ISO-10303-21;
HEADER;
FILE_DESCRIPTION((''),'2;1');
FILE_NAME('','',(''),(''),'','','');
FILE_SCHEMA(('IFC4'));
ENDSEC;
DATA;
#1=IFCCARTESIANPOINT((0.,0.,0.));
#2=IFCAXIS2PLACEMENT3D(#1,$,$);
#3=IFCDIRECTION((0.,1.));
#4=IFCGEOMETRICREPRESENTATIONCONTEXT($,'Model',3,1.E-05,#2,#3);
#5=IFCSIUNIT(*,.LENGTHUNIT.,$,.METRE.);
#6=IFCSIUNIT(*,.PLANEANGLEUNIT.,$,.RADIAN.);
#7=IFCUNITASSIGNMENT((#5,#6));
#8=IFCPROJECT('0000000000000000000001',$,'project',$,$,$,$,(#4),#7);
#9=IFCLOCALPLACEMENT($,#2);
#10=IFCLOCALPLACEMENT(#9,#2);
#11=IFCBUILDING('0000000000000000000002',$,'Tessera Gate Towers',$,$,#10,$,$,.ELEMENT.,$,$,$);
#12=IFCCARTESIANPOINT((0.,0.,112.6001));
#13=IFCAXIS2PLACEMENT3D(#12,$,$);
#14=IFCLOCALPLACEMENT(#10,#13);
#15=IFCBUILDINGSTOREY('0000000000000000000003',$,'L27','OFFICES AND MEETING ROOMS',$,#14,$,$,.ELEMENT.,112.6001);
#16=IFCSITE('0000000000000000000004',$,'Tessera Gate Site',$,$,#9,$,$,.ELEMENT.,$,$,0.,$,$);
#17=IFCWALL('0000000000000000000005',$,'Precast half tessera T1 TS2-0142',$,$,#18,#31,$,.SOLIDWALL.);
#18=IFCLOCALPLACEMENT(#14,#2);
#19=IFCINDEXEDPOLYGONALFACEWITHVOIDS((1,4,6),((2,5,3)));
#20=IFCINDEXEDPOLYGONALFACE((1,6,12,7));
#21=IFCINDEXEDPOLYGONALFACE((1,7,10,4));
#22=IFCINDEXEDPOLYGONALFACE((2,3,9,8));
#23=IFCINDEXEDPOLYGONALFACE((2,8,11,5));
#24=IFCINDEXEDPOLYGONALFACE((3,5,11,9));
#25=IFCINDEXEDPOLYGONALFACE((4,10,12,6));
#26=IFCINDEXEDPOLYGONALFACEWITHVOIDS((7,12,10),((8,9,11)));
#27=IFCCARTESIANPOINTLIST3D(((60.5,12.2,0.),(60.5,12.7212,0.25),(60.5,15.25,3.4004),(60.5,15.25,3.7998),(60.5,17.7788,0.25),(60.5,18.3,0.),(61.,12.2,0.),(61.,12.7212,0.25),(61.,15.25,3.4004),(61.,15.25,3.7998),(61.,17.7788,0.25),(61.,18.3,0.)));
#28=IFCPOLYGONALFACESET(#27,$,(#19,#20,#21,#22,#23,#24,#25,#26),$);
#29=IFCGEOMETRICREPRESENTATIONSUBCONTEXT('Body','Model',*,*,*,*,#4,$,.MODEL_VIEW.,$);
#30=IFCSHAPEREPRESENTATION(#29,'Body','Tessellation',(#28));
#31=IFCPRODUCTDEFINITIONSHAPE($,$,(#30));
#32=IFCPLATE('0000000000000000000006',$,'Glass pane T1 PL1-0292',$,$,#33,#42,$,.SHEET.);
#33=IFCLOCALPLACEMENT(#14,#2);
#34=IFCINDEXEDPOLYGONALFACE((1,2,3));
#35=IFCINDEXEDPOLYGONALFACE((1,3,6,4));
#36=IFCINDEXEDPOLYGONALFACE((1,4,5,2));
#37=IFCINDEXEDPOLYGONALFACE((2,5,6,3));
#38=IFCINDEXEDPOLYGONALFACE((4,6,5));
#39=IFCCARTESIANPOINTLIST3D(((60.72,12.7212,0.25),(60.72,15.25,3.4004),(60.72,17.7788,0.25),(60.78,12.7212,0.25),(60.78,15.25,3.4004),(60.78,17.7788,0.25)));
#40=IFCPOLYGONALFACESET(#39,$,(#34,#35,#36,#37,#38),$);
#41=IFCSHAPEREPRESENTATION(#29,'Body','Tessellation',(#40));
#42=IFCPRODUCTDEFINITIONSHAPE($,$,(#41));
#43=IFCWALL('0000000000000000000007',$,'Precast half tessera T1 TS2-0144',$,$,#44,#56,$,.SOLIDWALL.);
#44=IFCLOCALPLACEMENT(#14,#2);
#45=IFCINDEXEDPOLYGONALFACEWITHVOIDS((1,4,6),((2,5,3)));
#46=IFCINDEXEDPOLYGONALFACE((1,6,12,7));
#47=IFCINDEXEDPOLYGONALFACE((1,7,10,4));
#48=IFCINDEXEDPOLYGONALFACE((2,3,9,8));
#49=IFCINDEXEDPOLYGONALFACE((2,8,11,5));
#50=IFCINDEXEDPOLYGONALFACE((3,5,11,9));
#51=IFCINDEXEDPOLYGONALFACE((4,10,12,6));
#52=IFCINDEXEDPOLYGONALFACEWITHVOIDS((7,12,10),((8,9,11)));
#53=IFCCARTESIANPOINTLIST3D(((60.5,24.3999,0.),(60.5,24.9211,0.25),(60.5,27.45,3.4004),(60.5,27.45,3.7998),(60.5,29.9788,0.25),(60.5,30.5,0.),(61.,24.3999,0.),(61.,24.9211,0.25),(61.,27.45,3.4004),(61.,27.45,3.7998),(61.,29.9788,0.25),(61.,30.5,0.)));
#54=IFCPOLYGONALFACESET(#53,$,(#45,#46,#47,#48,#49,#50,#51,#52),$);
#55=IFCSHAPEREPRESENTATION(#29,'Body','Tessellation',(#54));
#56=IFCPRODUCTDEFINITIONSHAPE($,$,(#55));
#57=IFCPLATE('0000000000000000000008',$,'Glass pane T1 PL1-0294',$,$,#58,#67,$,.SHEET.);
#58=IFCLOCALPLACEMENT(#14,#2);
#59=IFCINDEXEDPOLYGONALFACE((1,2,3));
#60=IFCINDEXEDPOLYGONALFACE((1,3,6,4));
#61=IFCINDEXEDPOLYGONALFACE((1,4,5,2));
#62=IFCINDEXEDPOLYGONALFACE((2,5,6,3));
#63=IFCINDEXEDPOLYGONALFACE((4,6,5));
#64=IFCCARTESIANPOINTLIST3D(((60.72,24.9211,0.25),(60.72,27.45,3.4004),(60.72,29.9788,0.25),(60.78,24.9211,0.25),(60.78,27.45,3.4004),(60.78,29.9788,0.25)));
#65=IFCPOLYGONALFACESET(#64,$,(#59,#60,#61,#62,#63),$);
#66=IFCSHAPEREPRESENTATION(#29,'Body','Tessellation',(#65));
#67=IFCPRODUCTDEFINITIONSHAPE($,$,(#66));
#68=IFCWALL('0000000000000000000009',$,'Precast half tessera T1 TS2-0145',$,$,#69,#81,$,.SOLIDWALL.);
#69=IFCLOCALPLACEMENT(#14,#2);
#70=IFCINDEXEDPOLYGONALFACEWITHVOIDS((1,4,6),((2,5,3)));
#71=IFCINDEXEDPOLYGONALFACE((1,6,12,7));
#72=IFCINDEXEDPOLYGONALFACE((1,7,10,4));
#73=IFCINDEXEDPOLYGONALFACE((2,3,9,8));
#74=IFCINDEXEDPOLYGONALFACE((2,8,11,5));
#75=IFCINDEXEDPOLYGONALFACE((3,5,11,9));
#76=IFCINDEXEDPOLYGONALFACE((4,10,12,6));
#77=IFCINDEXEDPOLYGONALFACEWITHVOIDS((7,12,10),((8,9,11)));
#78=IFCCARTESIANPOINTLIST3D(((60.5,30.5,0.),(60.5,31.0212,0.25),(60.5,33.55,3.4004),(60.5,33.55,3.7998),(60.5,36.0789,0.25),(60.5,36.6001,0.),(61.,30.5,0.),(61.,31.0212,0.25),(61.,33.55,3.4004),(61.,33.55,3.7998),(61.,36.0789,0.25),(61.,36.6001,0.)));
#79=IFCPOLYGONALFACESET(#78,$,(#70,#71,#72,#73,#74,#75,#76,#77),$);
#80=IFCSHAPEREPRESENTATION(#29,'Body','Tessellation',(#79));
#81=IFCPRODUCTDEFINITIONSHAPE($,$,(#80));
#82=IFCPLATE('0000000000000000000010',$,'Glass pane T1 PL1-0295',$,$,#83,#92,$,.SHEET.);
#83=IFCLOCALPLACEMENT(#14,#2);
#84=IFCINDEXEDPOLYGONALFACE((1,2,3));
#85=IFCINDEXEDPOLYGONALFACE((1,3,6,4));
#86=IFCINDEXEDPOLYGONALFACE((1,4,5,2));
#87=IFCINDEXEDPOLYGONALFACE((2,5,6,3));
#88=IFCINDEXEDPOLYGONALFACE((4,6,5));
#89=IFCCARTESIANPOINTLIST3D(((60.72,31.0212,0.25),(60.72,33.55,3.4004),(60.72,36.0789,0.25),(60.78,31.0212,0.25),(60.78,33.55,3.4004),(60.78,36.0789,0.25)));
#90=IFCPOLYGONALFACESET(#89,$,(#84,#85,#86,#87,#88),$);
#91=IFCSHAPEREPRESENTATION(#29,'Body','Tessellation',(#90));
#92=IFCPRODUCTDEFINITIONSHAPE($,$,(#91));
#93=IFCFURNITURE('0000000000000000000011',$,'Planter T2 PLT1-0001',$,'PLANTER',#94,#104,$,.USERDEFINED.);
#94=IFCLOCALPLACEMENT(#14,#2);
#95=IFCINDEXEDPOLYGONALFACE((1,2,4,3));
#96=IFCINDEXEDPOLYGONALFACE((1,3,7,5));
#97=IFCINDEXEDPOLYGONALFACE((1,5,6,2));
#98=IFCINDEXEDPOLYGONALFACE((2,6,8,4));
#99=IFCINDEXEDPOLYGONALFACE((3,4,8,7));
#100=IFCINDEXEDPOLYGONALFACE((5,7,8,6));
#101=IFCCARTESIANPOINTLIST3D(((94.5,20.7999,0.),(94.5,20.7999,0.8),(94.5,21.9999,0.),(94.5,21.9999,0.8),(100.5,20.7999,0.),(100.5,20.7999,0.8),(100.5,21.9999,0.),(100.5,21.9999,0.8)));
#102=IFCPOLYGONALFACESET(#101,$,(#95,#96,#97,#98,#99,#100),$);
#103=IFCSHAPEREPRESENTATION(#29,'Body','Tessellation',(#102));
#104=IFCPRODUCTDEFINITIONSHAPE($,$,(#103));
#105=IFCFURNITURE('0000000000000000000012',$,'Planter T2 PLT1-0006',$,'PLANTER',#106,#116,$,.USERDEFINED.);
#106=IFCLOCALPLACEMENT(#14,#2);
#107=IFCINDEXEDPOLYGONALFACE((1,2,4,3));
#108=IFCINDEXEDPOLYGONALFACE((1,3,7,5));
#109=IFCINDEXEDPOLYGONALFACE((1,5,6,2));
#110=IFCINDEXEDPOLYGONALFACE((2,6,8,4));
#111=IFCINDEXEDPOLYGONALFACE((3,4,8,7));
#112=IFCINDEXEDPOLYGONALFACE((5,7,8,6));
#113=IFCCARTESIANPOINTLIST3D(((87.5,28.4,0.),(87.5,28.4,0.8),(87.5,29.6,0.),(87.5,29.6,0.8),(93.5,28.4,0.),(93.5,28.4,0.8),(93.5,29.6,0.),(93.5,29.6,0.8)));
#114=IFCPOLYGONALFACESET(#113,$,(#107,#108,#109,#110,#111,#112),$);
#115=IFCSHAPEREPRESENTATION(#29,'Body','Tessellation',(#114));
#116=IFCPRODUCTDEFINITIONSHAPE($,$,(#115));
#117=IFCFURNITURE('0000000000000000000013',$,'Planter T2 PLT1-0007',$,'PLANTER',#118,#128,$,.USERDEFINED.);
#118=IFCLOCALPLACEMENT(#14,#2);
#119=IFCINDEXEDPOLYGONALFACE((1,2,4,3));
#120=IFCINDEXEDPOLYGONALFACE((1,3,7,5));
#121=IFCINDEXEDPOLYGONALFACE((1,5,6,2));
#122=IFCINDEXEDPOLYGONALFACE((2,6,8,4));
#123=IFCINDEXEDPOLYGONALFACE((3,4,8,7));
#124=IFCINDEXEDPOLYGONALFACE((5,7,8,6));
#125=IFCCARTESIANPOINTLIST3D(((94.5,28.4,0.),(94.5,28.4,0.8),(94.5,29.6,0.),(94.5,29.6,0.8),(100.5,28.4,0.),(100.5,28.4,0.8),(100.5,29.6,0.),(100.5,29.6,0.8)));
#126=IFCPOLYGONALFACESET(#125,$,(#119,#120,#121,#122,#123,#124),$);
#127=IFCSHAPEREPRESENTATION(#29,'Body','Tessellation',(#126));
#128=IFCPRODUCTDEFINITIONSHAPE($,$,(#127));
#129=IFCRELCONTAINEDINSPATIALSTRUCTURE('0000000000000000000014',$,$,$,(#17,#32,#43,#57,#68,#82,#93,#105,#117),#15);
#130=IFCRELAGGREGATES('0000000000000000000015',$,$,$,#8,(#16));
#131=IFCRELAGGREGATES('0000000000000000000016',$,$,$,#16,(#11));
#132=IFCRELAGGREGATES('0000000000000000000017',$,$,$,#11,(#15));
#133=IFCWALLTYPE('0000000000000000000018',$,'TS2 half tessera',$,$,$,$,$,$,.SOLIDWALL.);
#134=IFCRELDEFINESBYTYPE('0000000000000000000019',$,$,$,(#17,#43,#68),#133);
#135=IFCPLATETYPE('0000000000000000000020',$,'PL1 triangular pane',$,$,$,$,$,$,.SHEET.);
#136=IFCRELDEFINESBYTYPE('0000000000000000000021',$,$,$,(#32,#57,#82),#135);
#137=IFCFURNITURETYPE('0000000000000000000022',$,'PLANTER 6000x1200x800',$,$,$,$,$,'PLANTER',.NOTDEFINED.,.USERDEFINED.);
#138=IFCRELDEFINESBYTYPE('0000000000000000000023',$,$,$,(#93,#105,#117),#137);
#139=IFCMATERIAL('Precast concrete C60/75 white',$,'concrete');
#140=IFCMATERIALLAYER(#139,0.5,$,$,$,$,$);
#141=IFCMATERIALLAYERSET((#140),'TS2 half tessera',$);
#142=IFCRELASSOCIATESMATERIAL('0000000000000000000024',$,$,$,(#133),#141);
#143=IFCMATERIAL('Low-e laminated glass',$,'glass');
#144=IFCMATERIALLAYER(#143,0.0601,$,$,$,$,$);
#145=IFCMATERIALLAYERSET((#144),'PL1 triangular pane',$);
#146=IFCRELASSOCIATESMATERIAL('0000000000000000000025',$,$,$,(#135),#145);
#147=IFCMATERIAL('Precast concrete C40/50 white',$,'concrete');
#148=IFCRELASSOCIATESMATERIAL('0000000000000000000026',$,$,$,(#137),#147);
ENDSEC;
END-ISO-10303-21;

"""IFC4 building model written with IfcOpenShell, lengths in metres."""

from ifc_helpers import new_model, si_unit, direction, frame, origin, origin_2d, place, context, subcontext, project, spatial, polyline, rectangle, outline, extrude, source, transform, mapped, material, layer, layer_set, type_object, element, fill, save


model = new_model("IFC4")

# Units and contexts
model_context = context("Model", 3, precision=1e-05, world=origin(), true_north=direction((0.0, 1.0)))
body_context = subcontext(model_context, "Body", "Model", "MODEL_VIEW")
ifc_project = project(units=[si_unit("LENGTHUNIT", "METRE"), si_unit("PLANEANGLEUNIT", "RADIAN")], contexts=[model_context])

# Site, building, storey
site_placement = place(None, origin())
site = spatial("IfcSite", under=ifc_project, at=site_placement, Name="Tessera Gate Site", CompositionType="ELEMENT", RefElevation=0.0)
building_placement = place(site_placement, origin())
building = spatial("IfcBuilding", under=site, at=building_placement, Name="Tessera Gate Towers", CompositionType="ELEMENT")
storey_placement = place(building_placement, frame((0.0, 0.0, 112.6001)))
storey = spatial("IfcBuildingStorey", under=building, at=storey_placement, Name="L27", Description="OFFICES AND MEETING ROOMS", CompositionType="ELEMENT", Elevation=112.6001)

# Walls, openings, plates
ifc_material_1 = material(Name="Precast concrete C60/75 white", Category="concrete")
ifc_layer_1 = layer(ifc_material_1, 0.5)
ifc_layer_set_1 = layer_set([ifc_layer_1], Name="TS2 half tessera")
wall_type_1 = type_object("IfcWallType", Name="TS2 half tessera", PredefinedType="SOLIDWALL", material=ifc_layer_set_1)
shared_shape_1 = source(origin(), body_context, "Body", "SweptSolid", [
    extrude(outline(polyline([(6.1001, 0.0), (3.05, 3.7998), (0.0, 0.0), (6.1001, 0.0)])), frame((0.0, 0.25, 0.0), z_axis=(0.0, -1.0, 0.0), x_axis=(1.0, 0.0, 0.0)), (0.0, 0.0, 1.0), 0.5),
])
wall_1_placement = place(storey_placement, frame((60.75, 12.2, 0.0), z_axis=(0.0, 0.0, 1.0), x_axis=(0.0, 1.0, 0.0)))
wall_1 = element("IfcWall", 1, at=wall_1_placement, inside=storey, type_object=wall_type_1, Name="Precast half tessera T1 TS2-0142", PredefinedType="SOLIDWALL", context=body_context, shape_type="MappedRepresentation", body=[
    mapped(shared_shape_1, transform((0.0, 0.0, 0.0), scale=1.0)),
])
shared_shape_2 = source(origin(), body_context, "Body", "SweptSolid", [
    extrude(outline(polyline([(5.5789, 0.25), (3.05, 3.4004), (0.5212, 0.25), (5.5789, 0.25)])), frame((0.0, 0.26, 0.0), z_axis=(0.0, -1.0, 0.0), x_axis=(1.0, 0.0, 0.0)), (0.0, 0.0, 1.0), 0.52),
])
opening_1_placement = place(wall_1_placement, origin())
opening_1 = element("IfcOpeningElement", 2, at=opening_1_placement, cuts=wall_1, PredefinedType="OPENING", context=body_context, shape_type="MappedRepresentation", body=[
    mapped(shared_shape_2, transform((0.0, 0.0, 0.0), scale=1.0)),
])
ifc_material_2 = material(Name="Low-e laminated glass", Category="glass")
ifc_layer_2 = layer(ifc_material_2, 0.0601)
ifc_layer_set_2 = layer_set([ifc_layer_2], Name="PL1 triangular pane")
plate_type = type_object("IfcPlateType", Name="PL1 triangular pane", PredefinedType="SHEET", material=ifc_layer_set_2)
shared_shape_3 = source(origin(), body_context, "Body", "SweptSolid", [
    extrude(outline(polyline([(5.5789, 0.25), (3.05, 3.4004), (0.5212, 0.25), (5.5789, 0.25)])), frame((0.0, 0.03, 0.0), z_axis=(0.0, -1.0, 0.0), x_axis=(1.0, 0.0, 0.0)), (0.0, 0.0, 1.0), 0.0601),
])
plate_1_placement = place(opening_1_placement, origin())
plate_1 = element("IfcPlate", 3, at=plate_1_placement, inside=storey, type_object=plate_type, Name="Glass pane T1 PL1-0292", PredefinedType="SHEET", context=body_context, shape_type="MappedRepresentation", body=[
    mapped(shared_shape_3, transform((0.0, 0.0, 0.0), scale=1.0)),
])
fill(opening_1, plate_1)
wall_2_placement = place(storey_placement, frame((60.75, 24.3999, 0.0), z_axis=(0.0, 0.0, 1.0), x_axis=(0.0, 1.0, 0.0)))
wall_2 = element("IfcWall", 4, at=wall_2_placement, inside=storey, type_object=wall_type_1, Name="Precast half tessera T1 TS2-0144", PredefinedType="SOLIDWALL", context=body_context, shape_type="MappedRepresentation", body=[
    mapped(shared_shape_1, transform((0.0, 0.0, 0.0), scale=1.0)),
])
opening_2_placement = place(wall_2_placement, origin())
opening_2 = element("IfcOpeningElement", 5, at=opening_2_placement, cuts=wall_2, PredefinedType="OPENING", context=body_context, shape_type="MappedRepresentation", body=[
    mapped(shared_shape_2, transform((0.0, 0.0, 0.0), scale=1.0)),
])
plate_2_placement = place(opening_2_placement, origin())
plate_2 = element("IfcPlate", 6, at=plate_2_placement, inside=storey, type_object=plate_type, Name="Glass pane T1 PL1-0294", PredefinedType="SHEET", context=body_context, shape_type="MappedRepresentation", body=[
    mapped(shared_shape_3, transform((0.0, 0.0, 0.0), scale=1.0)),
])
fill(opening_2, plate_2)
wall_3_placement = place(storey_placement, frame((60.75, 30.5, 0.0), z_axis=(0.0, 0.0, 1.0), x_axis=(0.0, 1.0, 0.0)))
wall_3 = element("IfcWall", 7, at=wall_3_placement, inside=storey, type_object=wall_type_1, Name="Precast half tessera T1 TS2-0145", PredefinedType="SOLIDWALL", context=body_context, shape_type="MappedRepresentation", body=[
    mapped(shared_shape_1, transform((0.0, 0.0, 0.0), scale=1.0)),
])
opening_3_placement = place(wall_3_placement, origin())
opening_3 = element("IfcOpeningElement", 8, at=opening_3_placement, cuts=wall_3, PredefinedType="OPENING", context=body_context, shape_type="MappedRepresentation", body=[
    mapped(shared_shape_2, transform((0.0, 0.0, 0.0), scale=1.0)),
])
plate_3_placement = place(opening_3_placement, origin())
plate_3 = element("IfcPlate", 9, at=plate_3_placement, inside=storey, type_object=plate_type, Name="Glass pane T1 PL1-0295", PredefinedType="SHEET", context=body_context, shape_type="MappedRepresentation", body=[
    mapped(shared_shape_3, transform((0.0, 0.0, 0.0), scale=1.0)),
])
fill(opening_3, plate_3)

# Furniture
ifc_material_3 = material(Name="Precast concrete C40/50 white", Category="concrete")
furniture_type = type_object("IfcFurnitureType", Name="PLANTER 6000x1200x800", ElementType="PLANTER", AssemblyPlace="NOTDEFINED", PredefinedType="USERDEFINED", material=ifc_material_3)
for number, where, z_axis, x_axis, name in (
    (10, (97.5, 21.3999, 0.0), (0.0, 0.0, 1.0), (1.0, 0.0, 0.0), "Planter T2 PLT1-0001"),
    (11, (90.5, 29.0, 0.0), (0.0, 0.0, 1.0), (1.0, 0.0, 0.0), "Planter T2 PLT1-0006"),
    (12, (97.5, 29.0, 0.0), (0.0, 0.0, 1.0), (1.0, 0.0, 0.0), "Planter T2 PLT1-0007"),
):
    element("IfcFurniture", number, at=place(storey_placement, frame(where, z_axis=z_axis, x_axis=x_axis)), inside=storey, type_object=furniture_type, Name=name, ObjectType="PLANTER", PredefinedType="USERDEFINED", context=body_context, shape_type="SweptSolid", body=[
        extrude(rectangle(XDim=6.0, YDim=1.2, at=origin_2d()), origin(), (0.0, 0.0, 1.0), 0.8),
    ])

save(model, "model.ifc")
